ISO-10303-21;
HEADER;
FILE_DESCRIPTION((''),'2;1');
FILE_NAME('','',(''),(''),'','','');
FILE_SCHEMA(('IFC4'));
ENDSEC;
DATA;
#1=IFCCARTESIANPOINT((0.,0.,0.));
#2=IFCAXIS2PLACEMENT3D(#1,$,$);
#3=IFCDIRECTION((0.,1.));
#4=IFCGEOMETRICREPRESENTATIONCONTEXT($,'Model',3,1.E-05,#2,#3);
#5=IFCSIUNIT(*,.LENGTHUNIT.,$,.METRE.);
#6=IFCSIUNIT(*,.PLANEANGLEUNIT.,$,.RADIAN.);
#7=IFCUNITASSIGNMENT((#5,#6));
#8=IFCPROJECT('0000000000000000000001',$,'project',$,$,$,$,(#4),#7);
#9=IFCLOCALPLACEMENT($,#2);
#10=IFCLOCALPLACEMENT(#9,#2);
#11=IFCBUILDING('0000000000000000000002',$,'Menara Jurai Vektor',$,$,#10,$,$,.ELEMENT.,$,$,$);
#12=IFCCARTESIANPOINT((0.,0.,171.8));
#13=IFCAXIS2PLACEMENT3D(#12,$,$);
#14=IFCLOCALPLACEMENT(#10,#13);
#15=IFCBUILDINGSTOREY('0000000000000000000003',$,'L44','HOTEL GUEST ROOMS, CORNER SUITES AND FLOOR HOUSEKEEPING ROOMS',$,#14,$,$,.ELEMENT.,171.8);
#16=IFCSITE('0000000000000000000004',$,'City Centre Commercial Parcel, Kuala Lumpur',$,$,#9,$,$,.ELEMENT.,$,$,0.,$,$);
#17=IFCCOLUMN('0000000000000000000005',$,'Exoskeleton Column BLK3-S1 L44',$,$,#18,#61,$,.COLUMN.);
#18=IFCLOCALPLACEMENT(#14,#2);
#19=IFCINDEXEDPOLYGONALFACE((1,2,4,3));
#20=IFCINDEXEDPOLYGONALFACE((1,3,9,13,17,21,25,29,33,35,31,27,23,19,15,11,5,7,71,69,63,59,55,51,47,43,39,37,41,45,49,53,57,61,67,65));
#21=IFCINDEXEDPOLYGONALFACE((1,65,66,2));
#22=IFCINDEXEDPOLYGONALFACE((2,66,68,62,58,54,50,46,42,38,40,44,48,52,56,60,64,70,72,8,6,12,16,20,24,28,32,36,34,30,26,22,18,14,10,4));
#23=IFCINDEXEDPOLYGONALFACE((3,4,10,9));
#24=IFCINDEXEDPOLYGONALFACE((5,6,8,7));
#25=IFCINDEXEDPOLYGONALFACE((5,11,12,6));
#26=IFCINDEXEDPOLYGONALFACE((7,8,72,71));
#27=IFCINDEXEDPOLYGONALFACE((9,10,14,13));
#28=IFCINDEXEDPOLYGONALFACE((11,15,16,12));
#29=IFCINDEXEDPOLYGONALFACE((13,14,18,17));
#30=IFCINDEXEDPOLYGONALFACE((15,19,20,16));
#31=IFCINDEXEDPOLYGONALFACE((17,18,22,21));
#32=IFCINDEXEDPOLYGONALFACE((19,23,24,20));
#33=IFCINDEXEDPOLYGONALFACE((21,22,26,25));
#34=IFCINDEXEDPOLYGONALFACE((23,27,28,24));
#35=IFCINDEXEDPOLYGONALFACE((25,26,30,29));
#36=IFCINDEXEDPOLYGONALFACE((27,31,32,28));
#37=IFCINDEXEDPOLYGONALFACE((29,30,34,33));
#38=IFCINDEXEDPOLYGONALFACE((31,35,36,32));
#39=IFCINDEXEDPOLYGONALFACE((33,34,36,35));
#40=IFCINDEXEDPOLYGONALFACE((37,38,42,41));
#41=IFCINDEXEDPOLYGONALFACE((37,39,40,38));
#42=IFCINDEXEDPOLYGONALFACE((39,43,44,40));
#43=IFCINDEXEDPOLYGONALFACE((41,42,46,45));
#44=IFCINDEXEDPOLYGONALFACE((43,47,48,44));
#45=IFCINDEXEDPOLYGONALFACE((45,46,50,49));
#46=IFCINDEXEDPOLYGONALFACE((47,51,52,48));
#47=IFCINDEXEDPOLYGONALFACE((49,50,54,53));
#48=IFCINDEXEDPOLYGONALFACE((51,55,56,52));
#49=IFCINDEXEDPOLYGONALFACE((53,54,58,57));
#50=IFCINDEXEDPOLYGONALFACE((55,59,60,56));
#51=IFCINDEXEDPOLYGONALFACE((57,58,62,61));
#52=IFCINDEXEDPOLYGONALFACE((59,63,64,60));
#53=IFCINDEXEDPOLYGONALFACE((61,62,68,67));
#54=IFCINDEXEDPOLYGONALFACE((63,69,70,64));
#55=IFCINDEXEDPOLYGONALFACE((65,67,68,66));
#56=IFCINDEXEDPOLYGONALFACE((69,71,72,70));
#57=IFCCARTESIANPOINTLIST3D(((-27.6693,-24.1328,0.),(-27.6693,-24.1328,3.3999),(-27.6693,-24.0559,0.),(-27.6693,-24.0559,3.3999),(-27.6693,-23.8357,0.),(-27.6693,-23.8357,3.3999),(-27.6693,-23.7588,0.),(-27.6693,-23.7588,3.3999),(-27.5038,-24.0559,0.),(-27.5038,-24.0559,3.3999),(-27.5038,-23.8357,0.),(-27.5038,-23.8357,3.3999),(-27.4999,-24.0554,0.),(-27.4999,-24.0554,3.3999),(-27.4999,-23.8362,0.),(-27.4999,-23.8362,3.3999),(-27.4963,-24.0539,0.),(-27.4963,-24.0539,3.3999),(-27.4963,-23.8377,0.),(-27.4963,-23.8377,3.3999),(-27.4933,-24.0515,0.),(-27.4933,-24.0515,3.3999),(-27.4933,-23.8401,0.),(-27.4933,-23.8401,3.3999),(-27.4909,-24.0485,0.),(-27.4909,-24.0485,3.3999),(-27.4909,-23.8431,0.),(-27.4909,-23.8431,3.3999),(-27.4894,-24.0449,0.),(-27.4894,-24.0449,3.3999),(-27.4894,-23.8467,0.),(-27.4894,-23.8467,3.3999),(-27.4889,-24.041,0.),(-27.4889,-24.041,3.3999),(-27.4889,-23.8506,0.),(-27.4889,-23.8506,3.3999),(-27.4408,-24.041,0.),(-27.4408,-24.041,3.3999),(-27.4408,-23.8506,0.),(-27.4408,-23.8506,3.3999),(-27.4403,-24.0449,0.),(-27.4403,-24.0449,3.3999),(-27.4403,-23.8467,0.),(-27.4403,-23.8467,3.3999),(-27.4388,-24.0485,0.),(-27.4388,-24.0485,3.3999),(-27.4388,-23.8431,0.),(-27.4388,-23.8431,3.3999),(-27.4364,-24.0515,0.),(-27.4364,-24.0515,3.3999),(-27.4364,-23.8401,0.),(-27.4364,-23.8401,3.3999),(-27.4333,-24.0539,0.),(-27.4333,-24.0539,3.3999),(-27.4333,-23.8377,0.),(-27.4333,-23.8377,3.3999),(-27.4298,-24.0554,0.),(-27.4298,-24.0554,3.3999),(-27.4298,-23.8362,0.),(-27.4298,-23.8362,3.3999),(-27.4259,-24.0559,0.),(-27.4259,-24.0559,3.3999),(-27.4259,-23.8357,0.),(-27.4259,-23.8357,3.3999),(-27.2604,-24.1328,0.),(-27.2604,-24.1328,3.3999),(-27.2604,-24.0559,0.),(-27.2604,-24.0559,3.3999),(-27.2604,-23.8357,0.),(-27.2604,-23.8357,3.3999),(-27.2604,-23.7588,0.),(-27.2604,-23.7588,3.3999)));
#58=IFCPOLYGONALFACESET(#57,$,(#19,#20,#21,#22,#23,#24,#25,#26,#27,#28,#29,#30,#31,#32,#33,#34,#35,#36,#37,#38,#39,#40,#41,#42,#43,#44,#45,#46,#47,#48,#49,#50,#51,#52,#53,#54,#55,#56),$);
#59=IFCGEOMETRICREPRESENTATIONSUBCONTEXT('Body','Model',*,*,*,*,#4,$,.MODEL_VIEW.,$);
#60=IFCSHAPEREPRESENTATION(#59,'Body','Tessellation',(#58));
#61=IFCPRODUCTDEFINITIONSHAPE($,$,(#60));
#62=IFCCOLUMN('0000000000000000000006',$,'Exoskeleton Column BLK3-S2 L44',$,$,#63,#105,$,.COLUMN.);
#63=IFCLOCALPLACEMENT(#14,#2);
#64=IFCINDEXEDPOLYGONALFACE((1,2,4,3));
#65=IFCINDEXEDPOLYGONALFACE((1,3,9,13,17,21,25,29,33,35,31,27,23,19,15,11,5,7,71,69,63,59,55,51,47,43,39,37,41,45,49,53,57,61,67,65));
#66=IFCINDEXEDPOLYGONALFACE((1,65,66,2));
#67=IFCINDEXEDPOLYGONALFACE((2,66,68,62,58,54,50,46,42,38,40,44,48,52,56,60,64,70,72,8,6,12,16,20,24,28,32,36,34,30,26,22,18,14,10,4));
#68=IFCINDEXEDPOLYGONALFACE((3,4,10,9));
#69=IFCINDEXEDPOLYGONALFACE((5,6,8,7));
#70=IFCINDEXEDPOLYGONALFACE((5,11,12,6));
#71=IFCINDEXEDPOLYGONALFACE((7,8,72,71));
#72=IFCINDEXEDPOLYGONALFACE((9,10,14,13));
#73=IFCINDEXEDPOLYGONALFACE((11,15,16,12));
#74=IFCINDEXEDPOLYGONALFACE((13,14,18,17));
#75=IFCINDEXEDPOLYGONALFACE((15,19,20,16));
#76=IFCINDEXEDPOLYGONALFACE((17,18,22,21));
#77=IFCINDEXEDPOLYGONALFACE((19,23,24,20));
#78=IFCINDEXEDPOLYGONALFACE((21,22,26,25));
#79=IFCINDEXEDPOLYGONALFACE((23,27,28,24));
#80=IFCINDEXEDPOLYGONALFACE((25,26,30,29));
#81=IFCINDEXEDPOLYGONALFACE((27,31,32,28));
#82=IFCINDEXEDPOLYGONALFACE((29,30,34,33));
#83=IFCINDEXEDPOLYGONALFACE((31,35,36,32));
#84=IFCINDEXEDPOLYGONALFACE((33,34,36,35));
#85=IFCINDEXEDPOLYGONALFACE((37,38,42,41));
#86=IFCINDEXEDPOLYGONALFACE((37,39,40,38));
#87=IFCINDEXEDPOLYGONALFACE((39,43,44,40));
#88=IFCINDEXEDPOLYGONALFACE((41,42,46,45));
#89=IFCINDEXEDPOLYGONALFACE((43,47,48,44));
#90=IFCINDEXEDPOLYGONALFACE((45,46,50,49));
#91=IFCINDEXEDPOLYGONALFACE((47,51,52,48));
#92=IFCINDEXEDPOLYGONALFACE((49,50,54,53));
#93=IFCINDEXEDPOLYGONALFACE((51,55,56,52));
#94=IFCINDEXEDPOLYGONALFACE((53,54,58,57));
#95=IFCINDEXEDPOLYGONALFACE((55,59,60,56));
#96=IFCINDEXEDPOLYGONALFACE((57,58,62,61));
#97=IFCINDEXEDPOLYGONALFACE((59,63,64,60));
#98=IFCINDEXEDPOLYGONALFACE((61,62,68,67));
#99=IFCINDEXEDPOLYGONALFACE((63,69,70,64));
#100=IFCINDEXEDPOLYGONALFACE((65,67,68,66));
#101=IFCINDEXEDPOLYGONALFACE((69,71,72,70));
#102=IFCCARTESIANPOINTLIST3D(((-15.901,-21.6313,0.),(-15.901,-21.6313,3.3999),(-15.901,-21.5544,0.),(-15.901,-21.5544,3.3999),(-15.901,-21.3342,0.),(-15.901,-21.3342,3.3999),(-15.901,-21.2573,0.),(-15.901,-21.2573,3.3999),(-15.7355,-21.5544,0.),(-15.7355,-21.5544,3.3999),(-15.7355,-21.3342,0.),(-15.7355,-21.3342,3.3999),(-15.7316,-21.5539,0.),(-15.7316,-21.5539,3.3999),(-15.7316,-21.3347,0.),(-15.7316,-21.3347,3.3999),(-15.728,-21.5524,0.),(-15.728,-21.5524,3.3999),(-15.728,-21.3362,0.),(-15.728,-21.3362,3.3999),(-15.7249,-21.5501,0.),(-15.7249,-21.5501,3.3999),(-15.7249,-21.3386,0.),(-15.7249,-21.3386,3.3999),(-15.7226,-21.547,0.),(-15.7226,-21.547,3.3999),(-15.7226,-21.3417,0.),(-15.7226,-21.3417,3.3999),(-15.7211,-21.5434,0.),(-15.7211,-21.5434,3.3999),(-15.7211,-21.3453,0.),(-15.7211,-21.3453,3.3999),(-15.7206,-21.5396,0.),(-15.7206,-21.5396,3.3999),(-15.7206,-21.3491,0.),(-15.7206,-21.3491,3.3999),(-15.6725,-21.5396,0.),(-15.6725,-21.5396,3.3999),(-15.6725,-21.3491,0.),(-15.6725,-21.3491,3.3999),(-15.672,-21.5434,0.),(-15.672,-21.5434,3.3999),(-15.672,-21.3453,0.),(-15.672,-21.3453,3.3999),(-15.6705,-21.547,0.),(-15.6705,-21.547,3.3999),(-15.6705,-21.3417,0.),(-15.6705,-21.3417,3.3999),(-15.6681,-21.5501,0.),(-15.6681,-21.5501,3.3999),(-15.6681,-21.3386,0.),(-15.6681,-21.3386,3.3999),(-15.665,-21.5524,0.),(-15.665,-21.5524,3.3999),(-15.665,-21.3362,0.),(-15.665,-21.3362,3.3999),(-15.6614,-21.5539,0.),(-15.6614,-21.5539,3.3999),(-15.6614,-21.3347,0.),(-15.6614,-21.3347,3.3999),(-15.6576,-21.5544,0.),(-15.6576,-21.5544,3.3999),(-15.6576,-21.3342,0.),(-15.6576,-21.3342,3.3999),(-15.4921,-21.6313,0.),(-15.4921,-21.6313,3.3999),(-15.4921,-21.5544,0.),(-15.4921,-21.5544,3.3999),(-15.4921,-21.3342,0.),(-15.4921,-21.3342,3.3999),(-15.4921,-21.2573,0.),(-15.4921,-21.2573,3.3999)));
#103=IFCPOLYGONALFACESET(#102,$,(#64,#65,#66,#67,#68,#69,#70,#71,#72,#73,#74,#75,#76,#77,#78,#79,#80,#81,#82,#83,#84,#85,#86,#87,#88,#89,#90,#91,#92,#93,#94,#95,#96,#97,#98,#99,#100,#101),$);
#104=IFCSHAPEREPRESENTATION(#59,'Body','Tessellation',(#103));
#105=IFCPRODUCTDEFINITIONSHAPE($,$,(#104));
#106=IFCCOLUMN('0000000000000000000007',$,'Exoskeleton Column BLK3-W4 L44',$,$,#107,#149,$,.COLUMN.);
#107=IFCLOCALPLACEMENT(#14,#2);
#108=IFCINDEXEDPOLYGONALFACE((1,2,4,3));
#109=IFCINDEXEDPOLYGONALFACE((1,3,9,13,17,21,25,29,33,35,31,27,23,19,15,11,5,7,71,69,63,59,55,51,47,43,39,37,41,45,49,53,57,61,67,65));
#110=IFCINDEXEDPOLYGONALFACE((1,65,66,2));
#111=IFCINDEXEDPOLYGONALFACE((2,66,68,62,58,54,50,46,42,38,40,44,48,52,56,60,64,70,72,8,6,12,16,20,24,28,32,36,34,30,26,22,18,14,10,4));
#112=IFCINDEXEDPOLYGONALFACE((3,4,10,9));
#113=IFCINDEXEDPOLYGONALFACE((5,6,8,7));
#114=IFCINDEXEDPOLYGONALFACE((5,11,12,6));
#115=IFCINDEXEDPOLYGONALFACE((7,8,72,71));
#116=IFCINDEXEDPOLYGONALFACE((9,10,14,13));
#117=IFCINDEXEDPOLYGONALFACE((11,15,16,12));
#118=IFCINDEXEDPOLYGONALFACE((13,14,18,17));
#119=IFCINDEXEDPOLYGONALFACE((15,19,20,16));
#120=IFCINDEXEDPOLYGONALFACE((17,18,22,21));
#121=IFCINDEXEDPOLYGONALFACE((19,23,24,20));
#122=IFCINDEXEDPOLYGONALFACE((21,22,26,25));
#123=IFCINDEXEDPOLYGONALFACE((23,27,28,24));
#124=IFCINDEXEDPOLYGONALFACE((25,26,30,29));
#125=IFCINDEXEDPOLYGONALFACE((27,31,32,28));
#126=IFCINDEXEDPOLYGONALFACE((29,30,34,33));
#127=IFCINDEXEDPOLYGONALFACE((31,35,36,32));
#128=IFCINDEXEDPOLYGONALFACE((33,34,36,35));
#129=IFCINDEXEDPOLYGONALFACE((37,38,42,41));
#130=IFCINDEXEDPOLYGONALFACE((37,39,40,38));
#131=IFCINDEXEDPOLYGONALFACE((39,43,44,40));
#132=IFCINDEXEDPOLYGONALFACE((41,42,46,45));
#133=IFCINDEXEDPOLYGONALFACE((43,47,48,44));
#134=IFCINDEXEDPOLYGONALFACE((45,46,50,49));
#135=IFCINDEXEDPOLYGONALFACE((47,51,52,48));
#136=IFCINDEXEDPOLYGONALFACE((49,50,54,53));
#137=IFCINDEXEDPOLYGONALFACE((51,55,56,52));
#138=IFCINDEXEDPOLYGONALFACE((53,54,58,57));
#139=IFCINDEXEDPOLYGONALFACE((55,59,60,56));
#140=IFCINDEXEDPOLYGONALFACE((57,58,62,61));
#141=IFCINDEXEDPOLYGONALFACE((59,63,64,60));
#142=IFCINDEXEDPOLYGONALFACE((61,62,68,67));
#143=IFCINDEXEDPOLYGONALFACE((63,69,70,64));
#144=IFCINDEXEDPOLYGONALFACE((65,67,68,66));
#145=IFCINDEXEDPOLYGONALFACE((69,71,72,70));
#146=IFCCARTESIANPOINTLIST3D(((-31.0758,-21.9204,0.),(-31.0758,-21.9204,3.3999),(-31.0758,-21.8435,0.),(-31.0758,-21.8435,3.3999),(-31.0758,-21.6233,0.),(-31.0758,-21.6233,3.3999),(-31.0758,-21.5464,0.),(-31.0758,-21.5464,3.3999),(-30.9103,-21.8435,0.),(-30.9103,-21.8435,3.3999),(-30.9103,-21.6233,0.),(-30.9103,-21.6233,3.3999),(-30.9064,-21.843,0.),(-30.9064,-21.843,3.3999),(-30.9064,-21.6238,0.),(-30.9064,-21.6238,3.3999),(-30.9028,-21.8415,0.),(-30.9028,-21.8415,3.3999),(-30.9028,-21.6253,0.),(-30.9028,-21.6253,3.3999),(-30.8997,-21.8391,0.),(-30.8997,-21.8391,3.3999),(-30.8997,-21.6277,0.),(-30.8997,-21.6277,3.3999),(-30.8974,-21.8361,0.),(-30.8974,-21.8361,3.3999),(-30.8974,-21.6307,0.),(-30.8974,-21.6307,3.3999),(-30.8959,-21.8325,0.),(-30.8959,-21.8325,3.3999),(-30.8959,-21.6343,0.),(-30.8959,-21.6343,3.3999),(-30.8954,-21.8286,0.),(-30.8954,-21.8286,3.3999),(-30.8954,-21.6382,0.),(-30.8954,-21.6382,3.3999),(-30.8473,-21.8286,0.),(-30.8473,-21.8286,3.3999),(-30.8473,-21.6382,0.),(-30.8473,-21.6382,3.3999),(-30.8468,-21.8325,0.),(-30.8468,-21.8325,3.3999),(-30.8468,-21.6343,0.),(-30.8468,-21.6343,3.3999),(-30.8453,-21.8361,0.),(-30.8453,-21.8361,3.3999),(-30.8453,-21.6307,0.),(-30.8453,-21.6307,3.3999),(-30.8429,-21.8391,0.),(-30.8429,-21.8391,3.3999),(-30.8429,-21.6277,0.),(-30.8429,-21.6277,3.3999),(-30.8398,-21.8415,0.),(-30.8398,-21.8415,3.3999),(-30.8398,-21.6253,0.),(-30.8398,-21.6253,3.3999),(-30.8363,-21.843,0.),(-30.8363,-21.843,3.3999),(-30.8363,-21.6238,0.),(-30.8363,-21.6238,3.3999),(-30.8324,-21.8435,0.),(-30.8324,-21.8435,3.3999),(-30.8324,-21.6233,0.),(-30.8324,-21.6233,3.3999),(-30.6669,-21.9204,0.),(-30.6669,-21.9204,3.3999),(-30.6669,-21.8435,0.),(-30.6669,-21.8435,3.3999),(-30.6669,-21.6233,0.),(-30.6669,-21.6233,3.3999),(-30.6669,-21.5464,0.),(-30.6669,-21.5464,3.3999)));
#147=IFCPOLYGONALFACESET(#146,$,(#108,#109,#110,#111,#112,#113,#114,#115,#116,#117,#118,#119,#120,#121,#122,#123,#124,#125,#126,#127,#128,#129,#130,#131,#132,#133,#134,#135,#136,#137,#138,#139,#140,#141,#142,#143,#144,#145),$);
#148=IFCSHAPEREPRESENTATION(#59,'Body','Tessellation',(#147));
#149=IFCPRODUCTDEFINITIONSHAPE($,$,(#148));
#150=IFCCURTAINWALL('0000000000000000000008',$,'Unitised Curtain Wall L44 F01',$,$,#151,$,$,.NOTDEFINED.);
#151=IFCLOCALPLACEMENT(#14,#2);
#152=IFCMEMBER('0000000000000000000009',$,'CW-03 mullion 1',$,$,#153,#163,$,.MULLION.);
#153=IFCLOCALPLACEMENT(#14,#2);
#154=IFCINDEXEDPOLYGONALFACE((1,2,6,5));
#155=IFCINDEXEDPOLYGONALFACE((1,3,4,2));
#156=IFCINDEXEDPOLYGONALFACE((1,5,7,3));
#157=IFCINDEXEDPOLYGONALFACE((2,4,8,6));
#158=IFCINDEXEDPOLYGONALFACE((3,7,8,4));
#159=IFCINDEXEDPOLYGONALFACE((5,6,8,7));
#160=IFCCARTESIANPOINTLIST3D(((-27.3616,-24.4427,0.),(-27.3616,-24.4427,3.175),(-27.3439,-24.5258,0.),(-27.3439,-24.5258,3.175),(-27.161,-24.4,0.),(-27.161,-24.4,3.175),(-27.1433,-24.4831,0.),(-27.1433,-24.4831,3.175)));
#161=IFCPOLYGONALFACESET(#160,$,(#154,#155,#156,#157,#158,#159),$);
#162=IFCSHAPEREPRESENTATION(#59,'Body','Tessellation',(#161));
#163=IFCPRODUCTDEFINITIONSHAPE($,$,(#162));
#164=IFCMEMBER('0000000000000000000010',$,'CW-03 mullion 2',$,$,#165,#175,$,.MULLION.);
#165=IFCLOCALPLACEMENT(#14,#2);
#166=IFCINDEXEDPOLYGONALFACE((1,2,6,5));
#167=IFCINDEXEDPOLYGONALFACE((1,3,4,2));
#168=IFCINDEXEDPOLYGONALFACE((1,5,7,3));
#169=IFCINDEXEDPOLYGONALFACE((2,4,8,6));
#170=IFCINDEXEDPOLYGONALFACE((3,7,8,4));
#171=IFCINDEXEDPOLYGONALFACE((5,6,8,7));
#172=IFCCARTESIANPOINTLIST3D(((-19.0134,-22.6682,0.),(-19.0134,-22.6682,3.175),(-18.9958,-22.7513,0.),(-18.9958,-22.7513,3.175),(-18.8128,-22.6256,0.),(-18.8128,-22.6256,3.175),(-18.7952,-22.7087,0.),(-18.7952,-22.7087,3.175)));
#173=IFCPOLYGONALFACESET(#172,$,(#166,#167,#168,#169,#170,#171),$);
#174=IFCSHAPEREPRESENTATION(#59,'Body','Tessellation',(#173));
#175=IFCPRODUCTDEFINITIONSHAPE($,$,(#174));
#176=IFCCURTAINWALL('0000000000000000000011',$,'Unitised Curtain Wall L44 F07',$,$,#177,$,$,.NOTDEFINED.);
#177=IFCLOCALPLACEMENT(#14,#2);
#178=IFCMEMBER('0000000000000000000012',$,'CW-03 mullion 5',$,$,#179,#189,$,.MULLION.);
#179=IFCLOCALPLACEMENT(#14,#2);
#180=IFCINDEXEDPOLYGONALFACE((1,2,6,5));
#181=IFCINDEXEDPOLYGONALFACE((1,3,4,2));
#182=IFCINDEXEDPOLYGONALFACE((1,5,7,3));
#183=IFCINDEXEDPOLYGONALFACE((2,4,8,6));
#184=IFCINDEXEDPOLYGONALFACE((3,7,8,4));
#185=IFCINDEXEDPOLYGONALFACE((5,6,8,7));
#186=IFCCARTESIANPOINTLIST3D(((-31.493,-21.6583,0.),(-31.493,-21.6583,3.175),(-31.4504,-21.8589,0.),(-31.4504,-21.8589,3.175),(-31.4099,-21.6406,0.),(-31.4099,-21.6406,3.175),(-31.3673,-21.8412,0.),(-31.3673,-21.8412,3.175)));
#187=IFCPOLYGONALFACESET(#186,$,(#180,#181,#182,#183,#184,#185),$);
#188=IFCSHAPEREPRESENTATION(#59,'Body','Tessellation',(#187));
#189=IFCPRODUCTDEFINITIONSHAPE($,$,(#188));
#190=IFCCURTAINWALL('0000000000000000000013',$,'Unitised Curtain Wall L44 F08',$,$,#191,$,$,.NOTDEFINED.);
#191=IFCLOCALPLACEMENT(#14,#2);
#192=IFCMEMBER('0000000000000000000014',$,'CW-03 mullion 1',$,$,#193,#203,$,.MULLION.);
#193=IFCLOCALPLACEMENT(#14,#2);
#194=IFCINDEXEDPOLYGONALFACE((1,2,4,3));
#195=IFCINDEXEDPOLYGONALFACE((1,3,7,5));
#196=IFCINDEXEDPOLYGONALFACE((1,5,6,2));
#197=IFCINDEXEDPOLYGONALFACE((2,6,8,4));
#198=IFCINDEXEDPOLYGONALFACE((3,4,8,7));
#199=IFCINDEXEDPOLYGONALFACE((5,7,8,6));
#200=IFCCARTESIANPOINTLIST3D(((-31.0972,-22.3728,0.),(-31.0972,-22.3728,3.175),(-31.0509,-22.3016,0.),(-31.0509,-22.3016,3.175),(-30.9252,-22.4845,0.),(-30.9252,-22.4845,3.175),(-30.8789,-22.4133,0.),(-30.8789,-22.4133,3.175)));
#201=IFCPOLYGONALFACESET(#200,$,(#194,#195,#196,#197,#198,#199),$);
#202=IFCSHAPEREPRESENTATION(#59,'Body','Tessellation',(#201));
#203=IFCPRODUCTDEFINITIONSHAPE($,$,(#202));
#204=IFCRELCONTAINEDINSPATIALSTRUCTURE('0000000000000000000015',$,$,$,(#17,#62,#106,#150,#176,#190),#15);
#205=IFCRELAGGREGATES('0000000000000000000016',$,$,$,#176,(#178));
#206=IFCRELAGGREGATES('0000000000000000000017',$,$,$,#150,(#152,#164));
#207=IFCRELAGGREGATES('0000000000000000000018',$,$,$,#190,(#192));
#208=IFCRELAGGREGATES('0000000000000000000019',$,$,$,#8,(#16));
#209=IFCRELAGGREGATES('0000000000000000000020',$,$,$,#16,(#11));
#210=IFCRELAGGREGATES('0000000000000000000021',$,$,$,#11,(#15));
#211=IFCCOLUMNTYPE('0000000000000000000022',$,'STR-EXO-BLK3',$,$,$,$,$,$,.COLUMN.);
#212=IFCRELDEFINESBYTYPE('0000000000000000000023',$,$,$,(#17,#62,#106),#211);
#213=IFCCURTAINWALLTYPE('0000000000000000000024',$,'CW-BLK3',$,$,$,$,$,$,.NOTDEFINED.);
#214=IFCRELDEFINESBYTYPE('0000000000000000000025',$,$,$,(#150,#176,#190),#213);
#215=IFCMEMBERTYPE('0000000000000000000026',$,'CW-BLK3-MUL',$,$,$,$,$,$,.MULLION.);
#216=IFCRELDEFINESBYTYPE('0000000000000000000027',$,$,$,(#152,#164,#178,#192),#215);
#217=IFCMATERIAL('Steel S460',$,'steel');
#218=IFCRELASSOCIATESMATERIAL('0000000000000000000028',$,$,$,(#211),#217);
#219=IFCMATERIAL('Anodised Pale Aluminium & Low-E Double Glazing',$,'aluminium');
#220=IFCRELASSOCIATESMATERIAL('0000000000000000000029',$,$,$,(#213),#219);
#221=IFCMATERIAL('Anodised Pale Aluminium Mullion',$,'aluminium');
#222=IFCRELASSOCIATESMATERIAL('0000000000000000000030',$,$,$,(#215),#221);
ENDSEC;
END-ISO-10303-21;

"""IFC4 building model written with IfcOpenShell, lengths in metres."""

from ifc_helpers import new_model, si_unit, direction, frame, origin, origin_2d, place, context, subcontext, project, spatial, rectangle, i_section, extrude, material, material_profile, profile_set, type_object, element, aggregate, save


model = new_model("IFC4")

# Units and contexts
model_context = context("Model", 3, precision=1e-05, world=origin(), true_north=direction((0.0, 1.0)))
body_context = subcontext(model_context, "Body", "Model", "MODEL_VIEW")
ifc_project = project(units=[si_unit("LENGTHUNIT", "METRE"), si_unit("PLANEANGLEUNIT", "RADIAN")], contexts=[model_context])

# Site, building, storey
site_placement = place(None, origin())
site = spatial("IfcSite", under=ifc_project, at=site_placement, Name="City Centre Commercial Parcel, Kuala Lumpur", CompositionType="ELEMENT", RefElevation=0.0)
building_placement = place(site_placement, origin())
building = spatial("IfcBuilding", under=site, at=building_placement, Name="Menara Jurai Vektor", CompositionType="ELEMENT")
storey_placement = place(building_placement, frame((0.0, 0.0, 171.8)))
storey = spatial("IfcBuildingStorey", under=building, at=storey_placement, Name="L44", Description="HOTEL GUEST ROOMS, CORNER SUITES AND FLOOR HOUSEKEEPING ROOMS", CompositionType="ELEMENT", Elevation=171.8)

# Columns
ifc_material_1 = material(Name="Steel S460", Category="steel")
ifc_material_profile_1 = material_profile(ifc_material_1, i_section(OverallWidth=0.4089, OverallDepth=0.374, WebThickness=0.0481, FlangeThickness=0.0769, FilletRadius=0.0149, at=origin_2d()), Name="HD 400x634")
ifc_profile_set_1 = profile_set([ifc_material_profile_1], Name="Steel S460")
column_type = type_object("IfcColumnType", Name="STR-EXO-BLK3", PredefinedType="COLUMN", material=ifc_profile_set_1)
for number, where, z_axis, x_axis, name in (
    (1, (-27.4648, -23.9458, 0.0), (0.0, 0.0, 1.0), (1.0, 0.0, 0.0), "Exoskeleton Column BLK3-S1 L44"),
    (2, (-15.6965, -21.4443, 0.0), (0.0, 0.0, 1.0), (1.0, 0.0, 0.0), "Exoskeleton Column BLK3-S2 L44"),
    (3, (-30.8713, -21.7334, 0.0), (0.0, 0.0, 1.0), (1.0, 0.0, 0.0), "Exoskeleton Column BLK3-W4 L44"),
):
    element("IfcColumn", number, at=place(storey_placement, frame(where, z_axis=z_axis, x_axis=x_axis)), inside=storey, type_object=column_type, Name=name, PredefinedType="COLUMN", context=body_context, shape_type="SweptSolid", body=[
        extrude(i_section(OverallWidth=0.4089, OverallDepth=0.374, WebThickness=0.0481, FlangeThickness=0.0769, FilletRadius=0.0149, at=origin_2d()), origin(), (0.0, 0.0, 1.0), 3.3999),
    ])

# Curtain wall, members
ifc_material_2 = material(Name="Anodised Pale Aluminium & Low-E Double Glazing", Category="aluminium")
curtain_wall_type = type_object("IfcCurtainWallType", Name="CW-BLK3", PredefinedType="NOTDEFINED", material=ifc_material_2)
curtain_wall_1_placement = place(storey_placement, origin())
curtain_wall_1 = element("IfcCurtainWall", 4, at=curtain_wall_1_placement, inside=storey, type_object=curtain_wall_type, Name="Unitised Curtain Wall L44 F01", PredefinedType="NOTDEFINED")
ifc_material_3 = material(Name="Anodised Pale Aluminium Mullion", Category="aluminium")
ifc_material_profile_2 = material_profile(ifc_material_3, rectangle(XDim=0.085, YDim=0.2051, at=origin_2d()), Name="ALU MUL 85x205")
ifc_profile_set_2 = profile_set([ifc_material_profile_2], Name="Anodised Pale Aluminium Mullion")
member_type_1 = type_object("IfcMemberType", Name="CW-BLK3-MUL", PredefinedType="MULLION", material=ifc_profile_set_2)
member_1_placement = place(storey_placement, frame((-27.2524, -24.4629, 0.0), z_axis=(0.0, 0.0, 1.0), x_axis=(-0.207911, 0.978148, 0.0)))
member_1 = element("IfcMember", 5, at=member_1_placement, type_object=member_type_1, Name="CW-03 mullion 1", PredefinedType="MULLION", context=body_context, shape_type="SweptSolid", body=[
    extrude(rectangle(XDim=0.085, YDim=0.2051, at=origin_2d()), origin(), (0.0, 0.0, 1.0), 3.175),
])
member_2_placement = place(storey_placement, frame((-18.9043, -22.6885, 0.0), z_axis=(0.0, 0.0, 1.0), x_axis=(-0.207911, 0.978148, 0.0)))
member_2 = element("IfcMember", 6, at=member_2_placement, type_object=member_type_1, Name="CW-03 mullion 2", PredefinedType="MULLION", context=body_context, shape_type="SweptSolid", body=[
    extrude(rectangle(XDim=0.085, YDim=0.2051, at=origin_2d()), origin(), (0.0, 0.0, 1.0), 3.175),
])

# Curtain wall, member
curtain_wall_2_placement = place(storey_placement, origin())
curtain_wall_2 = element("IfcCurtainWall", 7, at=curtain_wall_2_placement, inside=storey, type_object=curtain_wall_type, Name="Unitised Curtain Wall L44 F07", PredefinedType="NOTDEFINED")
member_3_placement = place(storey_placement, frame((-31.4302, -21.7498, 0.0), z_axis=(0.0, 0.0, 1.0), x_axis=(0.978148, 0.20791, 0.0)))
member_3 = element("IfcMember", 8, at=member_3_placement, type_object=member_type_1, Name="CW-03 mullion 5", PredefinedType="MULLION", context=body_context, shape_type="SweptSolid", body=[
    extrude(rectangle(XDim=0.085, YDim=0.2051, at=origin_2d()), origin(), (0.0, 0.0, 1.0), 3.175),
])
aggregate(curtain_wall_2, [member_3])

# Curtain wall, member
curtain_wall_3_placement = place(storey_placement, origin())
curtain_wall_3 = element("IfcCurtainWall", 9, at=curtain_wall_3_placement, inside=storey, type_object=curtain_wall_type, Name="Unitised Curtain Wall L44 F08", PredefinedType="NOTDEFINED")
member_4_placement = place(storey_placement, frame((-30.988, -22.3931, 0.0), z_axis=(0.0, 0.0, 1.0), x_axis=(0.544618, 0.838684, 0.0)))
member_4 = element("IfcMember", 10, at=member_4_placement, type_object=member_type_1, Name="CW-03 mullion 1", PredefinedType="MULLION", context=body_context, shape_type="SweptSolid", body=[
    extrude(rectangle(XDim=0.085, YDim=0.2051, at=origin_2d()), origin(), (0.0, 0.0, 1.0), 3.175),
])

aggregate(curtain_wall_1, [member_1, member_2])
aggregate(curtain_wall_3, [member_4])

save(model, "model.ifc")
